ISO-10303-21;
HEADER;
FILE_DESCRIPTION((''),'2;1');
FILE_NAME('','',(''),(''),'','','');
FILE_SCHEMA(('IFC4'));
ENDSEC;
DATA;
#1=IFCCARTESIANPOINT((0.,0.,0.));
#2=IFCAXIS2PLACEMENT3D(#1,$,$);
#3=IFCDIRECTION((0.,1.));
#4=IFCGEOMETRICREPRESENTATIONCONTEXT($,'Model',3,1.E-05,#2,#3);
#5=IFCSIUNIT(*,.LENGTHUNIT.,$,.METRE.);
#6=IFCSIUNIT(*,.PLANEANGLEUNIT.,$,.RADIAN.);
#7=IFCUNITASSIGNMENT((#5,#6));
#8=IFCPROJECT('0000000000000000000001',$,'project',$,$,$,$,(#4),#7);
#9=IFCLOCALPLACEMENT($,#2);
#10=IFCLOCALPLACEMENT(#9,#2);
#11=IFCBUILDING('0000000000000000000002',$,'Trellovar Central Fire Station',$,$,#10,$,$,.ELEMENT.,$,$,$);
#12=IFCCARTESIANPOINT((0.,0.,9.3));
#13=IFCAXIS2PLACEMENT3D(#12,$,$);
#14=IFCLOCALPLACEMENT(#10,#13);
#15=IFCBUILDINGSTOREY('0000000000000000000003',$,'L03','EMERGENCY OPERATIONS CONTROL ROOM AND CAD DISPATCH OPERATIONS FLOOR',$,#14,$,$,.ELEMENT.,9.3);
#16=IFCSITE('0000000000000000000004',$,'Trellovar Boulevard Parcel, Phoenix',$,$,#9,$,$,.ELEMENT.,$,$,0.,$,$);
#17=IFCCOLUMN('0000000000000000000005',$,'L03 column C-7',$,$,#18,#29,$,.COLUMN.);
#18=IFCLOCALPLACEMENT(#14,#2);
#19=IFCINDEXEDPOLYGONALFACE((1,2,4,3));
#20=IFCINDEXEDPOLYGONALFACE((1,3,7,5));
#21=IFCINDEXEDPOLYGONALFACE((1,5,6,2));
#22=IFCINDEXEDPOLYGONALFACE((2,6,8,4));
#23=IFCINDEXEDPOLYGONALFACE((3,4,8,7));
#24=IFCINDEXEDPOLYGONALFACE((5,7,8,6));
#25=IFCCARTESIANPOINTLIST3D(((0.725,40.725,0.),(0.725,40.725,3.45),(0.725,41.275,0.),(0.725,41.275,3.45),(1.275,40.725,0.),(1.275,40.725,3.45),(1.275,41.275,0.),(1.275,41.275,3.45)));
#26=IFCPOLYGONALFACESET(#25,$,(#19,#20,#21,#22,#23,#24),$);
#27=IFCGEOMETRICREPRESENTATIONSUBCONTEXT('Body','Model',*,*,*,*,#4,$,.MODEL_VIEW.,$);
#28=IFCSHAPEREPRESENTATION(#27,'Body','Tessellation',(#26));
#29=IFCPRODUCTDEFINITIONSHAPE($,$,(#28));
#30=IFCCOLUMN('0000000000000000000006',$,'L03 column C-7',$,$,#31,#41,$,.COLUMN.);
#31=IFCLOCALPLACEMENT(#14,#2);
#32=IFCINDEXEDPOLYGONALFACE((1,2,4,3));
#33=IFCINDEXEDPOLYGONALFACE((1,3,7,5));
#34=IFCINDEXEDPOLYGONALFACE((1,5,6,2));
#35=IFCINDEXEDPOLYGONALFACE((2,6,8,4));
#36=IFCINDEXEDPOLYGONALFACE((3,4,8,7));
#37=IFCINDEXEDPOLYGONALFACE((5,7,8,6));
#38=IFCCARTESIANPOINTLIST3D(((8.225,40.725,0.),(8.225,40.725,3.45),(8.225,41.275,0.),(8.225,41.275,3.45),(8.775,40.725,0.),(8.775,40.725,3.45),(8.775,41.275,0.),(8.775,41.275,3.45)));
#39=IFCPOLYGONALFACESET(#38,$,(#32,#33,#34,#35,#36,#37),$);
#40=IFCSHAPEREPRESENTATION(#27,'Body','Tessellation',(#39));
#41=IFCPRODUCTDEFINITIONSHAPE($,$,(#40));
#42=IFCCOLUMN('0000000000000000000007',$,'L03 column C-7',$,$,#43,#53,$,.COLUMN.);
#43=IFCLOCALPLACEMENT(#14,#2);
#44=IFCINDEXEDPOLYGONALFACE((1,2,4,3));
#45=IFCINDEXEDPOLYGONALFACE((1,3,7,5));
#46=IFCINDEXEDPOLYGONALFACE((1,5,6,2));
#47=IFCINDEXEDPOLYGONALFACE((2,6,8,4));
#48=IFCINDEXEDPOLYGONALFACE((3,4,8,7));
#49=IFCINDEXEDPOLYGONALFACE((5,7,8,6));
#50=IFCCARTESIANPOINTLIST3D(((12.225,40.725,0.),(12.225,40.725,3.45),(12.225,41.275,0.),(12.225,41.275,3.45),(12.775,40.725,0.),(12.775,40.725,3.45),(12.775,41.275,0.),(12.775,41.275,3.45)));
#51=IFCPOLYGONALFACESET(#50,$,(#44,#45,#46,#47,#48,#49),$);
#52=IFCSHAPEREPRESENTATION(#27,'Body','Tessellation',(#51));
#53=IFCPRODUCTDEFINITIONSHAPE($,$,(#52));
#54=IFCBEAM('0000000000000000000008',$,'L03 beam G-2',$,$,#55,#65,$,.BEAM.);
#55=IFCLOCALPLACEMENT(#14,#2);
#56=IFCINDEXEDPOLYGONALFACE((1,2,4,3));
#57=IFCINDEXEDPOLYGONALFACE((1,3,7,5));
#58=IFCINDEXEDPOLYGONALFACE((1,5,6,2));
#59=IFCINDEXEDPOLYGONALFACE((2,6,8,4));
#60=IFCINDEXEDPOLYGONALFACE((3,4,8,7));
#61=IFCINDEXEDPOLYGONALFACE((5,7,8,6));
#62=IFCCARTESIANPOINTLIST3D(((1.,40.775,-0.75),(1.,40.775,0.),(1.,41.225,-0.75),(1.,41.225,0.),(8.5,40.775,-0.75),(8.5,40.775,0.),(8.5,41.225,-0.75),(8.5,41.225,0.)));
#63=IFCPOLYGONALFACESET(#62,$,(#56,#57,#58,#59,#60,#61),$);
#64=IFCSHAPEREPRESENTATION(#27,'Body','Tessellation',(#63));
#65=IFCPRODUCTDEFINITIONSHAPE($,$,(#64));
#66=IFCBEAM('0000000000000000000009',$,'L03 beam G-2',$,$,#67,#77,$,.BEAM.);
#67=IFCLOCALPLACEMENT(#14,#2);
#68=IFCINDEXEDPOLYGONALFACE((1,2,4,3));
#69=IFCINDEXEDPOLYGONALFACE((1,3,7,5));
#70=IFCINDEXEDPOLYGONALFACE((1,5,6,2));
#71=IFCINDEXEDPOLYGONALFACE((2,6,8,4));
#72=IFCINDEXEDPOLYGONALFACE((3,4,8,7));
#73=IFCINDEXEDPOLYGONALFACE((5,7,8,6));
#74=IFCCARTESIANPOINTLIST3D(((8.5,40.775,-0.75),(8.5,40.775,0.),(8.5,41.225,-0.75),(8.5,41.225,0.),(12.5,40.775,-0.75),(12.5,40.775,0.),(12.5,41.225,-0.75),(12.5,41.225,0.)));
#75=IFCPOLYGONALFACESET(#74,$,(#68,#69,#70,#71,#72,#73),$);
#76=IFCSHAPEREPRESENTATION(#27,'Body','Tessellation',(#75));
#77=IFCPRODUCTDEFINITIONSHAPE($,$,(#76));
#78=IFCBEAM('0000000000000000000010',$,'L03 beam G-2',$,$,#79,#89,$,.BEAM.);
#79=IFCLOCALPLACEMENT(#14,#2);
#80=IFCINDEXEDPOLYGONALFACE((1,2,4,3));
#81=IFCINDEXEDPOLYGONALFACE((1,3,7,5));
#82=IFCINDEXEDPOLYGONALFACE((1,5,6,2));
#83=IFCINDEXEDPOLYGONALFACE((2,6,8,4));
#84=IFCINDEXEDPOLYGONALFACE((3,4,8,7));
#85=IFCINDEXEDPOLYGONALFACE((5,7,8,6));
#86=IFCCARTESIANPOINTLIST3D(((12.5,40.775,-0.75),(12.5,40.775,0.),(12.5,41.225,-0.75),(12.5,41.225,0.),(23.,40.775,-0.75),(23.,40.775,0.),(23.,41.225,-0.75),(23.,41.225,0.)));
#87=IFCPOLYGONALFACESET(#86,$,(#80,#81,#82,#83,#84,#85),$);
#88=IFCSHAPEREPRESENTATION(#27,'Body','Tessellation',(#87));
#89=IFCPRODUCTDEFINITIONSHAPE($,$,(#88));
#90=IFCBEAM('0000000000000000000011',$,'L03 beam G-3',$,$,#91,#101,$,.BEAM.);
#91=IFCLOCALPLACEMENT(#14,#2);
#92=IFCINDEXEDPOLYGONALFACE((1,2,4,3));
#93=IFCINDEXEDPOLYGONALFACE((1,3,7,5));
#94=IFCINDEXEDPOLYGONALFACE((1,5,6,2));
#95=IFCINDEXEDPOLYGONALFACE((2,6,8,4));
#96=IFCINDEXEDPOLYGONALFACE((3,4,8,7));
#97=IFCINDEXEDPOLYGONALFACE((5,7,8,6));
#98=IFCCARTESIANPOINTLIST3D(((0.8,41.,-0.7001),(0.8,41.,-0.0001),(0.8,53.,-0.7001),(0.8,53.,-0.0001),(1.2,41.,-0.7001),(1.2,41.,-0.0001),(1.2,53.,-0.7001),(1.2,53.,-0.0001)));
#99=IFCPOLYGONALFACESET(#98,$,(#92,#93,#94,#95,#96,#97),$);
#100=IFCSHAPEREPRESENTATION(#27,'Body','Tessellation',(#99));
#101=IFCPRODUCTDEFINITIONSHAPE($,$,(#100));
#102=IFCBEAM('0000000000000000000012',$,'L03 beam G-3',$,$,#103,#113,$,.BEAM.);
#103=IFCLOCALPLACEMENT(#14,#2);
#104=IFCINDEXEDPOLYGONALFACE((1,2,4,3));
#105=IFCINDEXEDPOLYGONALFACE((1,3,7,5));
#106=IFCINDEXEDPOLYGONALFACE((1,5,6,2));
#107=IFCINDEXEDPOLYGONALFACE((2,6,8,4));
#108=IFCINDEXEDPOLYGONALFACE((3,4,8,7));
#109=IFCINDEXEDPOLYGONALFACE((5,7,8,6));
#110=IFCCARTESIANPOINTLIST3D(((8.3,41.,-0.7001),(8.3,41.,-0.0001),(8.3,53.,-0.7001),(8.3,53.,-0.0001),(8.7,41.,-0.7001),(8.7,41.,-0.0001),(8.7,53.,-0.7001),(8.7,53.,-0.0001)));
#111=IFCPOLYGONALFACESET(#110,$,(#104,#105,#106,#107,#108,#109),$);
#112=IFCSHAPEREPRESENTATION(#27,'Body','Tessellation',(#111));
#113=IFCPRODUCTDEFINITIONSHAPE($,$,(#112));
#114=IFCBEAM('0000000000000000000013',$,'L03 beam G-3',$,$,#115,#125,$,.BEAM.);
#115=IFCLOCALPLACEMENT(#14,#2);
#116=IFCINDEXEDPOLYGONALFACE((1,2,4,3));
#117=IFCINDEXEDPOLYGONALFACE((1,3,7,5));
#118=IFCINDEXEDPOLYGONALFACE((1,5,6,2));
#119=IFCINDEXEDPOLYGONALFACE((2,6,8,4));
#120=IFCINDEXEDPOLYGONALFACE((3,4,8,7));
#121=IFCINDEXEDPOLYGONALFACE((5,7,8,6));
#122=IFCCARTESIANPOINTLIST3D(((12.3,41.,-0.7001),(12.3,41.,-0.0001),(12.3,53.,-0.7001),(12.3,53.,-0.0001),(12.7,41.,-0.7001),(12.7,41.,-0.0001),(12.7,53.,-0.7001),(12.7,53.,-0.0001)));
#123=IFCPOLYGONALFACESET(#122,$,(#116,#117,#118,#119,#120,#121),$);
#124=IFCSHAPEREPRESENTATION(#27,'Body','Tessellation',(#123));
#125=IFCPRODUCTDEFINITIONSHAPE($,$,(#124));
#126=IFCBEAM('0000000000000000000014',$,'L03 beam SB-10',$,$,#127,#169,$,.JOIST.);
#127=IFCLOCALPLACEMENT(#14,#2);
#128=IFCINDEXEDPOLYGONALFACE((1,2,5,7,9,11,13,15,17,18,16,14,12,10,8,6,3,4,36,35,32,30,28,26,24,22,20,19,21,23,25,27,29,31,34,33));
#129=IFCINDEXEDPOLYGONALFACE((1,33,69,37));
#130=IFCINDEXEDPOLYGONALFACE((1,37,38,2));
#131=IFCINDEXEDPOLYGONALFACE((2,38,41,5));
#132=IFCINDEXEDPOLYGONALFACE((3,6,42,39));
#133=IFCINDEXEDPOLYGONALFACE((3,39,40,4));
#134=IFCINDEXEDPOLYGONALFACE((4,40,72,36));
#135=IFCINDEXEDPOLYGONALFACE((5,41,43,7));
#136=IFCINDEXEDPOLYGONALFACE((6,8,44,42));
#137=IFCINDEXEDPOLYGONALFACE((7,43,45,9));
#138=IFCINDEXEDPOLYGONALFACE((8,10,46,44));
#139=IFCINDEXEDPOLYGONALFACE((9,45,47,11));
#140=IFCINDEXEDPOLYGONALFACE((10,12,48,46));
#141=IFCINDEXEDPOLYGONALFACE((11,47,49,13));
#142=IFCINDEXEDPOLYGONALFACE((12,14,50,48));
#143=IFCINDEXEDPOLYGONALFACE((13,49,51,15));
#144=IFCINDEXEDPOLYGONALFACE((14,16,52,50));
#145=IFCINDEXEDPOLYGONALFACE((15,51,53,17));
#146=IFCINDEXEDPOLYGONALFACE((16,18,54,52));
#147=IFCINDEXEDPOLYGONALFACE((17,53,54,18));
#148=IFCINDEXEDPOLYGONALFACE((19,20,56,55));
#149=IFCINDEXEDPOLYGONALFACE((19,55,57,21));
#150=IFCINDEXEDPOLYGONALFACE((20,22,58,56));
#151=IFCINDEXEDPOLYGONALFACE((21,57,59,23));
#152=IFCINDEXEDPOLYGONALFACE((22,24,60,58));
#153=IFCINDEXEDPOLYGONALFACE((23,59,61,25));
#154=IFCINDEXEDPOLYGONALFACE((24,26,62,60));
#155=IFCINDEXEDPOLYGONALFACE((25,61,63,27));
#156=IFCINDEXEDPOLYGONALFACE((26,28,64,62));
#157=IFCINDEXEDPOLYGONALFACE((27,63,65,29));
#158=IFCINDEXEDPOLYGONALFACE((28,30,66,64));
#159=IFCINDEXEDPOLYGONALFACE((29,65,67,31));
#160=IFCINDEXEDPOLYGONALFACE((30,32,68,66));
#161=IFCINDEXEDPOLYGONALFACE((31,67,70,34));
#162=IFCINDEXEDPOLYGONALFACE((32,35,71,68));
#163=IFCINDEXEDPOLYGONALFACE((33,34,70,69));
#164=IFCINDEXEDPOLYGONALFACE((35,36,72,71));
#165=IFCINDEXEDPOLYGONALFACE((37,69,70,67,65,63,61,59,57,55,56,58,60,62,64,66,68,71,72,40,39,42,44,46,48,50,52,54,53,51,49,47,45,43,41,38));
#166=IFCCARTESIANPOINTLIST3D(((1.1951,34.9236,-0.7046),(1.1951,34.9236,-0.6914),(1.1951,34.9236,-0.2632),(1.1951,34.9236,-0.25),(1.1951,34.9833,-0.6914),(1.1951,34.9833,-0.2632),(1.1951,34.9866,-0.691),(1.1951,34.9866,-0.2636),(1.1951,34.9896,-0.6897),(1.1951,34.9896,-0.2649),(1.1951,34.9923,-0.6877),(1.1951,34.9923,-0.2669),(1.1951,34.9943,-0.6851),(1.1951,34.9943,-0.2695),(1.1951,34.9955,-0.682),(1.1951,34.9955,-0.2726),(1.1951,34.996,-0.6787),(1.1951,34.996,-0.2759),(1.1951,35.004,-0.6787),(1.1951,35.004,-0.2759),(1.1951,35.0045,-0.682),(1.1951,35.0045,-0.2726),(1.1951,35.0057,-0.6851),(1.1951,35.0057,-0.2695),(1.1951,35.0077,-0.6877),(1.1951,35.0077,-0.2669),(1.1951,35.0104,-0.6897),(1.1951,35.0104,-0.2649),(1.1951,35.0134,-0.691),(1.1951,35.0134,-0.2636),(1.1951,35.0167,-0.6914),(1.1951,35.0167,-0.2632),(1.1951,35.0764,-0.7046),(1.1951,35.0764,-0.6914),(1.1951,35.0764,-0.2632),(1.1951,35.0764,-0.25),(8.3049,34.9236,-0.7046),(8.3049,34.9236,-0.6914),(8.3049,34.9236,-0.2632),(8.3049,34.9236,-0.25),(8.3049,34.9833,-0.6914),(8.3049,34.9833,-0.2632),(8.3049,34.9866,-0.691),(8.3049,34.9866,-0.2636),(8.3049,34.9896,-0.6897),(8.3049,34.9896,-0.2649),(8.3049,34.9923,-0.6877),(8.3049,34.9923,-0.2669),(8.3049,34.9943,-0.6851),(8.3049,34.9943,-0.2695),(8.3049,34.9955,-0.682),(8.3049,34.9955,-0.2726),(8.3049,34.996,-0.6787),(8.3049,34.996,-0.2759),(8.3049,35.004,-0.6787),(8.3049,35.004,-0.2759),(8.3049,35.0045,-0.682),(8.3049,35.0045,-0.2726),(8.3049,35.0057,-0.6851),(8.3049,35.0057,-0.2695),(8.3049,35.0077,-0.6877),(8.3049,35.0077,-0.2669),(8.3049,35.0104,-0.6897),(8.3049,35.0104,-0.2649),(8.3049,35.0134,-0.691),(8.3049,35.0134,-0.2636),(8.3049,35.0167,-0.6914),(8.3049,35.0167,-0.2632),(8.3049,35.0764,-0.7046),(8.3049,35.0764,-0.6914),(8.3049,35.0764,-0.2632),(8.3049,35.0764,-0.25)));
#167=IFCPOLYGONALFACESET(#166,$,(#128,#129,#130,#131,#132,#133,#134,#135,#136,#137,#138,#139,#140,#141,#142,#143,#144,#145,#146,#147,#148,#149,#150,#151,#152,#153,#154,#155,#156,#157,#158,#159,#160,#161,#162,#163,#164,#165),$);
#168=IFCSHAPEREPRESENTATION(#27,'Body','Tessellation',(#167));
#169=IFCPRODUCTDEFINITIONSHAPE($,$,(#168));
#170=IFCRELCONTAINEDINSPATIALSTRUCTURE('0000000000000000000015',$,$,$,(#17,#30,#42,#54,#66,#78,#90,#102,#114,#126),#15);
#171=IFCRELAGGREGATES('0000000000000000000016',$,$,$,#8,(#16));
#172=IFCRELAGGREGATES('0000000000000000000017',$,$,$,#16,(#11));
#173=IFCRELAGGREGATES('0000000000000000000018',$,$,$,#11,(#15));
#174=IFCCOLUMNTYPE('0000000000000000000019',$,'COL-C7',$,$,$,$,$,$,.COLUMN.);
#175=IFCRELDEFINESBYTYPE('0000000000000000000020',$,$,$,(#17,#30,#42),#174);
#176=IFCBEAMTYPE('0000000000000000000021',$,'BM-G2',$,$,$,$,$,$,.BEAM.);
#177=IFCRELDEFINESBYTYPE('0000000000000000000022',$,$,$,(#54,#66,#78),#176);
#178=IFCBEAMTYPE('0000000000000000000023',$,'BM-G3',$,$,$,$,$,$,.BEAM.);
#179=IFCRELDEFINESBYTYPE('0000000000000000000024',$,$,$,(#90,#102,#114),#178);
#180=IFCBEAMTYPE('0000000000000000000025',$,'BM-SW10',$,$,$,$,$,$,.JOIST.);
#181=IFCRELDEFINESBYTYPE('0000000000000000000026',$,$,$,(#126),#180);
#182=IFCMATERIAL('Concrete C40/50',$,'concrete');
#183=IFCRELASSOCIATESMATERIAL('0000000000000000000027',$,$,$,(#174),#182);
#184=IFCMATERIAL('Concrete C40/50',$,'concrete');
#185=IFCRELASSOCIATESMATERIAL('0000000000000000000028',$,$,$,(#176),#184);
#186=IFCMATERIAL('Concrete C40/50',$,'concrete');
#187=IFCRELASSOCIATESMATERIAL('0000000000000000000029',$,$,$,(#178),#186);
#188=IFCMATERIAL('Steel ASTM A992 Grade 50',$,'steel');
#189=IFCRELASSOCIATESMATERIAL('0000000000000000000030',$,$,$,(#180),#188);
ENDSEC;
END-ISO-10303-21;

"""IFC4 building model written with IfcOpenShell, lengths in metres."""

from ifc_helpers import new_model, si_unit, direction, frame, origin, origin_2d, place, context, subcontext, project, spatial, rectangle, i_section, extrude, material, material_profile, profile_set, type_object, element, save


model = new_model("IFC4")

# Units and contexts
model_context = context("Model", 3, precision=1e-05, world=origin(), true_north=direction((0.0, 1.0)))
body_context = subcontext(model_context, "Body", "Model", "MODEL_VIEW")
ifc_project = project(units=[si_unit("LENGTHUNIT", "METRE"), si_unit("PLANEANGLEUNIT", "RADIAN")], contexts=[model_context])

# Site, building, storey
site_placement = place(None, origin())
site = spatial("IfcSite", under=ifc_project, at=site_placement, Name="Trellovar Boulevard Parcel, Phoenix", CompositionType="ELEMENT", RefElevation=0.0)
building_placement = place(site_placement, origin())
building = spatial("IfcBuilding", under=site, at=building_placement, Name="Trellovar Central Fire Station", CompositionType="ELEMENT")
storey_placement = place(building_placement, frame((0.0, 0.0, 9.3)))
storey = spatial("IfcBuildingStorey", under=building, at=storey_placement, Name="L03", Description="EMERGENCY OPERATIONS CONTROL ROOM AND CAD DISPATCH OPERATIONS FLOOR", CompositionType="ELEMENT", Elevation=9.3)

# Columns
ifc_material_1 = material(Name="Concrete C40/50", Category="concrete")
ifc_material_profile_1 = material_profile(ifc_material_1, rectangle(XDim=0.55, YDim=0.55, at=origin_2d()), Name="RC550X550")
ifc_profile_set_1 = profile_set([ifc_material_profile_1], Name="Concrete C40/50")
column_type = type_object("IfcColumnType", Name="COL-C7", PredefinedType="COLUMN", material=ifc_profile_set_1)
for number, where, z_axis, x_axis, name in (
    (1, (1.0, 41.0, 0.0), (0.0, 0.0, 1.0), (1.0, 0.0, 0.0), "L03 column C-7"),
    (2, (8.5, 41.0, 0.0), (0.0, 0.0, 1.0), (1.0, 0.0, 0.0), "L03 column C-7"),
    (3, (12.5, 41.0, 0.0), (0.0, 0.0, 1.0), (1.0, 0.0, 0.0), "L03 column C-7"),
):
    element("IfcColumn", number, at=place(storey_placement, frame(where, z_axis=z_axis, x_axis=x_axis)), inside=storey, type_object=column_type, Name=name, PredefinedType="COLUMN", context=body_context, shape_type="SweptSolid", body=[
        extrude(rectangle(XDim=0.55, YDim=0.55, at=origin_2d()), origin(), (0.0, 0.0, 1.0), 3.45),
    ])

# Beams
ifc_material_2 = material(Name="Concrete C40/50", Category="concrete")
ifc_material_profile_2 = material_profile(ifc_material_2, rectangle(XDim=0.45, YDim=0.75, at=origin_2d()), Name="RC450X750")
ifc_profile_set_2 = profile_set([ifc_material_profile_2], Name="Concrete C40/50")
beam_type_1 = type_object("IfcBeamType", Name="BM-G2", PredefinedType="BEAM", material=ifc_profile_set_2)
beam_1_placement = place(storey_placement, frame((1.0, 41.0, -0.375), z_axis=(1.0, 0.0, 0.0), x_axis=(0.0, 1.0, 0.0)))
element("IfcBeam", 4, at=beam_1_placement, inside=storey, type_object=beam_type_1, Name="L03 beam G-2", PredefinedType="BEAM", context=body_context, shape_type="SweptSolid", body=[
    extrude(rectangle(XDim=0.45, YDim=0.75, at=origin_2d()), origin(), (0.0, 0.0, 1.0), 7.5),
])
beam_2_placement = place(storey_placement, frame((8.5, 41.0, -0.375), z_axis=(1.0, 0.0, 0.0), x_axis=(0.0, 1.0, 0.0)))
element("IfcBeam", 5, at=beam_2_placement, inside=storey, type_object=beam_type_1, Name="L03 beam G-2", PredefinedType="BEAM", context=body_context, shape_type="SweptSolid", body=[
    extrude(rectangle(XDim=0.45, YDim=0.75, at=origin_2d()), origin(), (0.0, 0.0, 1.0), 4.0),
])
beam_3_placement = place(storey_placement, frame((12.5, 41.0, -0.375), z_axis=(1.0, 0.0, 0.0), x_axis=(0.0, 1.0, 0.0)))
element("IfcBeam", 6, at=beam_3_placement, inside=storey, type_object=beam_type_1, Name="L03 beam G-2", PredefinedType="BEAM", context=body_context, shape_type="SweptSolid", body=[
    extrude(rectangle(XDim=0.45, YDim=0.75, at=origin_2d()), origin(), (0.0, 0.0, 1.0), 10.5),
])
ifc_material_3 = material(Name="Concrete C40/50", Category="concrete")
ifc_material_profile_3 = material_profile(ifc_material_3, rectangle(XDim=0.3999, YDim=0.7, at=origin_2d()), Name="RC400X700")
ifc_profile_set_3 = profile_set([ifc_material_profile_3], Name="Concrete C40/50")
beam_type_2 = type_object("IfcBeamType", Name="BM-G3", PredefinedType="BEAM", material=ifc_profile_set_3)
for number, where, z_axis, x_axis, name in (
    (7, (1.0, 41.0, -0.3501), (0.0, 1.0, 0.0), (-1.0, 0.0, 0.0), "L03 beam G-3"),
    (8, (8.5, 41.0, -0.3501), (0.0, 1.0, 0.0), (-1.0, 0.0, 0.0), "L03 beam G-3"),
    (9, (12.5, 41.0, -0.3501), (0.0, 1.0, 0.0), (-1.0, 0.0, 0.0), "L03 beam G-3"),
):
    element("IfcBeam", number, at=place(storey_placement, frame(where, z_axis=z_axis, x_axis=x_axis)), inside=storey, type_object=beam_type_2, Name=name, PredefinedType="BEAM", context=body_context, shape_type="SweptSolid", body=[
        extrude(rectangle(XDim=0.3999, YDim=0.7, at=origin_2d()), origin(), (0.0, 0.0, 1.0), 12.0),
    ])
ifc_material_4 = material(Name="Steel ASTM A992 Grade 50", Category="steel")
ifc_material_profile_4 = material_profile(ifc_material_4, i_section(OverallWidth=0.1528, OverallDepth=0.4546, WebThickness=0.0081, FlangeThickness=0.0132, FilletRadius=0.0127, at=origin_2d()), Name="W18X40")
ifc_profile_set_4 = profile_set([ifc_material_profile_4], Name="Steel ASTM A992 Grade 50")
beam_type_3 = type_object("IfcBeamType", Name="BM-SW10", PredefinedType="JOIST", material=ifc_profile_set_4)
for number, where, z_axis, x_axis, name in (
    (10, (1.1951, 35.0, -0.4773), (1.0, 0.0, 0.0), (0.0, 1.0, 0.0), "L03 beam SB-10"),
):
    element("IfcBeam", number, at=place(storey_placement, frame(where, z_axis=z_axis, x_axis=x_axis)), inside=storey, type_object=beam_type_3, Name=name, PredefinedType="JOIST", context=body_context, shape_type="SweptSolid", body=[
        extrude(i_section(OverallWidth=0.1528, OverallDepth=0.4546, WebThickness=0.0081, FlangeThickness=0.0132, FilletRadius=0.0127, at=origin_2d()), origin(), (0.0, 0.0, 1.0), 7.1099),
    ])

save(model, "model.ifc")
